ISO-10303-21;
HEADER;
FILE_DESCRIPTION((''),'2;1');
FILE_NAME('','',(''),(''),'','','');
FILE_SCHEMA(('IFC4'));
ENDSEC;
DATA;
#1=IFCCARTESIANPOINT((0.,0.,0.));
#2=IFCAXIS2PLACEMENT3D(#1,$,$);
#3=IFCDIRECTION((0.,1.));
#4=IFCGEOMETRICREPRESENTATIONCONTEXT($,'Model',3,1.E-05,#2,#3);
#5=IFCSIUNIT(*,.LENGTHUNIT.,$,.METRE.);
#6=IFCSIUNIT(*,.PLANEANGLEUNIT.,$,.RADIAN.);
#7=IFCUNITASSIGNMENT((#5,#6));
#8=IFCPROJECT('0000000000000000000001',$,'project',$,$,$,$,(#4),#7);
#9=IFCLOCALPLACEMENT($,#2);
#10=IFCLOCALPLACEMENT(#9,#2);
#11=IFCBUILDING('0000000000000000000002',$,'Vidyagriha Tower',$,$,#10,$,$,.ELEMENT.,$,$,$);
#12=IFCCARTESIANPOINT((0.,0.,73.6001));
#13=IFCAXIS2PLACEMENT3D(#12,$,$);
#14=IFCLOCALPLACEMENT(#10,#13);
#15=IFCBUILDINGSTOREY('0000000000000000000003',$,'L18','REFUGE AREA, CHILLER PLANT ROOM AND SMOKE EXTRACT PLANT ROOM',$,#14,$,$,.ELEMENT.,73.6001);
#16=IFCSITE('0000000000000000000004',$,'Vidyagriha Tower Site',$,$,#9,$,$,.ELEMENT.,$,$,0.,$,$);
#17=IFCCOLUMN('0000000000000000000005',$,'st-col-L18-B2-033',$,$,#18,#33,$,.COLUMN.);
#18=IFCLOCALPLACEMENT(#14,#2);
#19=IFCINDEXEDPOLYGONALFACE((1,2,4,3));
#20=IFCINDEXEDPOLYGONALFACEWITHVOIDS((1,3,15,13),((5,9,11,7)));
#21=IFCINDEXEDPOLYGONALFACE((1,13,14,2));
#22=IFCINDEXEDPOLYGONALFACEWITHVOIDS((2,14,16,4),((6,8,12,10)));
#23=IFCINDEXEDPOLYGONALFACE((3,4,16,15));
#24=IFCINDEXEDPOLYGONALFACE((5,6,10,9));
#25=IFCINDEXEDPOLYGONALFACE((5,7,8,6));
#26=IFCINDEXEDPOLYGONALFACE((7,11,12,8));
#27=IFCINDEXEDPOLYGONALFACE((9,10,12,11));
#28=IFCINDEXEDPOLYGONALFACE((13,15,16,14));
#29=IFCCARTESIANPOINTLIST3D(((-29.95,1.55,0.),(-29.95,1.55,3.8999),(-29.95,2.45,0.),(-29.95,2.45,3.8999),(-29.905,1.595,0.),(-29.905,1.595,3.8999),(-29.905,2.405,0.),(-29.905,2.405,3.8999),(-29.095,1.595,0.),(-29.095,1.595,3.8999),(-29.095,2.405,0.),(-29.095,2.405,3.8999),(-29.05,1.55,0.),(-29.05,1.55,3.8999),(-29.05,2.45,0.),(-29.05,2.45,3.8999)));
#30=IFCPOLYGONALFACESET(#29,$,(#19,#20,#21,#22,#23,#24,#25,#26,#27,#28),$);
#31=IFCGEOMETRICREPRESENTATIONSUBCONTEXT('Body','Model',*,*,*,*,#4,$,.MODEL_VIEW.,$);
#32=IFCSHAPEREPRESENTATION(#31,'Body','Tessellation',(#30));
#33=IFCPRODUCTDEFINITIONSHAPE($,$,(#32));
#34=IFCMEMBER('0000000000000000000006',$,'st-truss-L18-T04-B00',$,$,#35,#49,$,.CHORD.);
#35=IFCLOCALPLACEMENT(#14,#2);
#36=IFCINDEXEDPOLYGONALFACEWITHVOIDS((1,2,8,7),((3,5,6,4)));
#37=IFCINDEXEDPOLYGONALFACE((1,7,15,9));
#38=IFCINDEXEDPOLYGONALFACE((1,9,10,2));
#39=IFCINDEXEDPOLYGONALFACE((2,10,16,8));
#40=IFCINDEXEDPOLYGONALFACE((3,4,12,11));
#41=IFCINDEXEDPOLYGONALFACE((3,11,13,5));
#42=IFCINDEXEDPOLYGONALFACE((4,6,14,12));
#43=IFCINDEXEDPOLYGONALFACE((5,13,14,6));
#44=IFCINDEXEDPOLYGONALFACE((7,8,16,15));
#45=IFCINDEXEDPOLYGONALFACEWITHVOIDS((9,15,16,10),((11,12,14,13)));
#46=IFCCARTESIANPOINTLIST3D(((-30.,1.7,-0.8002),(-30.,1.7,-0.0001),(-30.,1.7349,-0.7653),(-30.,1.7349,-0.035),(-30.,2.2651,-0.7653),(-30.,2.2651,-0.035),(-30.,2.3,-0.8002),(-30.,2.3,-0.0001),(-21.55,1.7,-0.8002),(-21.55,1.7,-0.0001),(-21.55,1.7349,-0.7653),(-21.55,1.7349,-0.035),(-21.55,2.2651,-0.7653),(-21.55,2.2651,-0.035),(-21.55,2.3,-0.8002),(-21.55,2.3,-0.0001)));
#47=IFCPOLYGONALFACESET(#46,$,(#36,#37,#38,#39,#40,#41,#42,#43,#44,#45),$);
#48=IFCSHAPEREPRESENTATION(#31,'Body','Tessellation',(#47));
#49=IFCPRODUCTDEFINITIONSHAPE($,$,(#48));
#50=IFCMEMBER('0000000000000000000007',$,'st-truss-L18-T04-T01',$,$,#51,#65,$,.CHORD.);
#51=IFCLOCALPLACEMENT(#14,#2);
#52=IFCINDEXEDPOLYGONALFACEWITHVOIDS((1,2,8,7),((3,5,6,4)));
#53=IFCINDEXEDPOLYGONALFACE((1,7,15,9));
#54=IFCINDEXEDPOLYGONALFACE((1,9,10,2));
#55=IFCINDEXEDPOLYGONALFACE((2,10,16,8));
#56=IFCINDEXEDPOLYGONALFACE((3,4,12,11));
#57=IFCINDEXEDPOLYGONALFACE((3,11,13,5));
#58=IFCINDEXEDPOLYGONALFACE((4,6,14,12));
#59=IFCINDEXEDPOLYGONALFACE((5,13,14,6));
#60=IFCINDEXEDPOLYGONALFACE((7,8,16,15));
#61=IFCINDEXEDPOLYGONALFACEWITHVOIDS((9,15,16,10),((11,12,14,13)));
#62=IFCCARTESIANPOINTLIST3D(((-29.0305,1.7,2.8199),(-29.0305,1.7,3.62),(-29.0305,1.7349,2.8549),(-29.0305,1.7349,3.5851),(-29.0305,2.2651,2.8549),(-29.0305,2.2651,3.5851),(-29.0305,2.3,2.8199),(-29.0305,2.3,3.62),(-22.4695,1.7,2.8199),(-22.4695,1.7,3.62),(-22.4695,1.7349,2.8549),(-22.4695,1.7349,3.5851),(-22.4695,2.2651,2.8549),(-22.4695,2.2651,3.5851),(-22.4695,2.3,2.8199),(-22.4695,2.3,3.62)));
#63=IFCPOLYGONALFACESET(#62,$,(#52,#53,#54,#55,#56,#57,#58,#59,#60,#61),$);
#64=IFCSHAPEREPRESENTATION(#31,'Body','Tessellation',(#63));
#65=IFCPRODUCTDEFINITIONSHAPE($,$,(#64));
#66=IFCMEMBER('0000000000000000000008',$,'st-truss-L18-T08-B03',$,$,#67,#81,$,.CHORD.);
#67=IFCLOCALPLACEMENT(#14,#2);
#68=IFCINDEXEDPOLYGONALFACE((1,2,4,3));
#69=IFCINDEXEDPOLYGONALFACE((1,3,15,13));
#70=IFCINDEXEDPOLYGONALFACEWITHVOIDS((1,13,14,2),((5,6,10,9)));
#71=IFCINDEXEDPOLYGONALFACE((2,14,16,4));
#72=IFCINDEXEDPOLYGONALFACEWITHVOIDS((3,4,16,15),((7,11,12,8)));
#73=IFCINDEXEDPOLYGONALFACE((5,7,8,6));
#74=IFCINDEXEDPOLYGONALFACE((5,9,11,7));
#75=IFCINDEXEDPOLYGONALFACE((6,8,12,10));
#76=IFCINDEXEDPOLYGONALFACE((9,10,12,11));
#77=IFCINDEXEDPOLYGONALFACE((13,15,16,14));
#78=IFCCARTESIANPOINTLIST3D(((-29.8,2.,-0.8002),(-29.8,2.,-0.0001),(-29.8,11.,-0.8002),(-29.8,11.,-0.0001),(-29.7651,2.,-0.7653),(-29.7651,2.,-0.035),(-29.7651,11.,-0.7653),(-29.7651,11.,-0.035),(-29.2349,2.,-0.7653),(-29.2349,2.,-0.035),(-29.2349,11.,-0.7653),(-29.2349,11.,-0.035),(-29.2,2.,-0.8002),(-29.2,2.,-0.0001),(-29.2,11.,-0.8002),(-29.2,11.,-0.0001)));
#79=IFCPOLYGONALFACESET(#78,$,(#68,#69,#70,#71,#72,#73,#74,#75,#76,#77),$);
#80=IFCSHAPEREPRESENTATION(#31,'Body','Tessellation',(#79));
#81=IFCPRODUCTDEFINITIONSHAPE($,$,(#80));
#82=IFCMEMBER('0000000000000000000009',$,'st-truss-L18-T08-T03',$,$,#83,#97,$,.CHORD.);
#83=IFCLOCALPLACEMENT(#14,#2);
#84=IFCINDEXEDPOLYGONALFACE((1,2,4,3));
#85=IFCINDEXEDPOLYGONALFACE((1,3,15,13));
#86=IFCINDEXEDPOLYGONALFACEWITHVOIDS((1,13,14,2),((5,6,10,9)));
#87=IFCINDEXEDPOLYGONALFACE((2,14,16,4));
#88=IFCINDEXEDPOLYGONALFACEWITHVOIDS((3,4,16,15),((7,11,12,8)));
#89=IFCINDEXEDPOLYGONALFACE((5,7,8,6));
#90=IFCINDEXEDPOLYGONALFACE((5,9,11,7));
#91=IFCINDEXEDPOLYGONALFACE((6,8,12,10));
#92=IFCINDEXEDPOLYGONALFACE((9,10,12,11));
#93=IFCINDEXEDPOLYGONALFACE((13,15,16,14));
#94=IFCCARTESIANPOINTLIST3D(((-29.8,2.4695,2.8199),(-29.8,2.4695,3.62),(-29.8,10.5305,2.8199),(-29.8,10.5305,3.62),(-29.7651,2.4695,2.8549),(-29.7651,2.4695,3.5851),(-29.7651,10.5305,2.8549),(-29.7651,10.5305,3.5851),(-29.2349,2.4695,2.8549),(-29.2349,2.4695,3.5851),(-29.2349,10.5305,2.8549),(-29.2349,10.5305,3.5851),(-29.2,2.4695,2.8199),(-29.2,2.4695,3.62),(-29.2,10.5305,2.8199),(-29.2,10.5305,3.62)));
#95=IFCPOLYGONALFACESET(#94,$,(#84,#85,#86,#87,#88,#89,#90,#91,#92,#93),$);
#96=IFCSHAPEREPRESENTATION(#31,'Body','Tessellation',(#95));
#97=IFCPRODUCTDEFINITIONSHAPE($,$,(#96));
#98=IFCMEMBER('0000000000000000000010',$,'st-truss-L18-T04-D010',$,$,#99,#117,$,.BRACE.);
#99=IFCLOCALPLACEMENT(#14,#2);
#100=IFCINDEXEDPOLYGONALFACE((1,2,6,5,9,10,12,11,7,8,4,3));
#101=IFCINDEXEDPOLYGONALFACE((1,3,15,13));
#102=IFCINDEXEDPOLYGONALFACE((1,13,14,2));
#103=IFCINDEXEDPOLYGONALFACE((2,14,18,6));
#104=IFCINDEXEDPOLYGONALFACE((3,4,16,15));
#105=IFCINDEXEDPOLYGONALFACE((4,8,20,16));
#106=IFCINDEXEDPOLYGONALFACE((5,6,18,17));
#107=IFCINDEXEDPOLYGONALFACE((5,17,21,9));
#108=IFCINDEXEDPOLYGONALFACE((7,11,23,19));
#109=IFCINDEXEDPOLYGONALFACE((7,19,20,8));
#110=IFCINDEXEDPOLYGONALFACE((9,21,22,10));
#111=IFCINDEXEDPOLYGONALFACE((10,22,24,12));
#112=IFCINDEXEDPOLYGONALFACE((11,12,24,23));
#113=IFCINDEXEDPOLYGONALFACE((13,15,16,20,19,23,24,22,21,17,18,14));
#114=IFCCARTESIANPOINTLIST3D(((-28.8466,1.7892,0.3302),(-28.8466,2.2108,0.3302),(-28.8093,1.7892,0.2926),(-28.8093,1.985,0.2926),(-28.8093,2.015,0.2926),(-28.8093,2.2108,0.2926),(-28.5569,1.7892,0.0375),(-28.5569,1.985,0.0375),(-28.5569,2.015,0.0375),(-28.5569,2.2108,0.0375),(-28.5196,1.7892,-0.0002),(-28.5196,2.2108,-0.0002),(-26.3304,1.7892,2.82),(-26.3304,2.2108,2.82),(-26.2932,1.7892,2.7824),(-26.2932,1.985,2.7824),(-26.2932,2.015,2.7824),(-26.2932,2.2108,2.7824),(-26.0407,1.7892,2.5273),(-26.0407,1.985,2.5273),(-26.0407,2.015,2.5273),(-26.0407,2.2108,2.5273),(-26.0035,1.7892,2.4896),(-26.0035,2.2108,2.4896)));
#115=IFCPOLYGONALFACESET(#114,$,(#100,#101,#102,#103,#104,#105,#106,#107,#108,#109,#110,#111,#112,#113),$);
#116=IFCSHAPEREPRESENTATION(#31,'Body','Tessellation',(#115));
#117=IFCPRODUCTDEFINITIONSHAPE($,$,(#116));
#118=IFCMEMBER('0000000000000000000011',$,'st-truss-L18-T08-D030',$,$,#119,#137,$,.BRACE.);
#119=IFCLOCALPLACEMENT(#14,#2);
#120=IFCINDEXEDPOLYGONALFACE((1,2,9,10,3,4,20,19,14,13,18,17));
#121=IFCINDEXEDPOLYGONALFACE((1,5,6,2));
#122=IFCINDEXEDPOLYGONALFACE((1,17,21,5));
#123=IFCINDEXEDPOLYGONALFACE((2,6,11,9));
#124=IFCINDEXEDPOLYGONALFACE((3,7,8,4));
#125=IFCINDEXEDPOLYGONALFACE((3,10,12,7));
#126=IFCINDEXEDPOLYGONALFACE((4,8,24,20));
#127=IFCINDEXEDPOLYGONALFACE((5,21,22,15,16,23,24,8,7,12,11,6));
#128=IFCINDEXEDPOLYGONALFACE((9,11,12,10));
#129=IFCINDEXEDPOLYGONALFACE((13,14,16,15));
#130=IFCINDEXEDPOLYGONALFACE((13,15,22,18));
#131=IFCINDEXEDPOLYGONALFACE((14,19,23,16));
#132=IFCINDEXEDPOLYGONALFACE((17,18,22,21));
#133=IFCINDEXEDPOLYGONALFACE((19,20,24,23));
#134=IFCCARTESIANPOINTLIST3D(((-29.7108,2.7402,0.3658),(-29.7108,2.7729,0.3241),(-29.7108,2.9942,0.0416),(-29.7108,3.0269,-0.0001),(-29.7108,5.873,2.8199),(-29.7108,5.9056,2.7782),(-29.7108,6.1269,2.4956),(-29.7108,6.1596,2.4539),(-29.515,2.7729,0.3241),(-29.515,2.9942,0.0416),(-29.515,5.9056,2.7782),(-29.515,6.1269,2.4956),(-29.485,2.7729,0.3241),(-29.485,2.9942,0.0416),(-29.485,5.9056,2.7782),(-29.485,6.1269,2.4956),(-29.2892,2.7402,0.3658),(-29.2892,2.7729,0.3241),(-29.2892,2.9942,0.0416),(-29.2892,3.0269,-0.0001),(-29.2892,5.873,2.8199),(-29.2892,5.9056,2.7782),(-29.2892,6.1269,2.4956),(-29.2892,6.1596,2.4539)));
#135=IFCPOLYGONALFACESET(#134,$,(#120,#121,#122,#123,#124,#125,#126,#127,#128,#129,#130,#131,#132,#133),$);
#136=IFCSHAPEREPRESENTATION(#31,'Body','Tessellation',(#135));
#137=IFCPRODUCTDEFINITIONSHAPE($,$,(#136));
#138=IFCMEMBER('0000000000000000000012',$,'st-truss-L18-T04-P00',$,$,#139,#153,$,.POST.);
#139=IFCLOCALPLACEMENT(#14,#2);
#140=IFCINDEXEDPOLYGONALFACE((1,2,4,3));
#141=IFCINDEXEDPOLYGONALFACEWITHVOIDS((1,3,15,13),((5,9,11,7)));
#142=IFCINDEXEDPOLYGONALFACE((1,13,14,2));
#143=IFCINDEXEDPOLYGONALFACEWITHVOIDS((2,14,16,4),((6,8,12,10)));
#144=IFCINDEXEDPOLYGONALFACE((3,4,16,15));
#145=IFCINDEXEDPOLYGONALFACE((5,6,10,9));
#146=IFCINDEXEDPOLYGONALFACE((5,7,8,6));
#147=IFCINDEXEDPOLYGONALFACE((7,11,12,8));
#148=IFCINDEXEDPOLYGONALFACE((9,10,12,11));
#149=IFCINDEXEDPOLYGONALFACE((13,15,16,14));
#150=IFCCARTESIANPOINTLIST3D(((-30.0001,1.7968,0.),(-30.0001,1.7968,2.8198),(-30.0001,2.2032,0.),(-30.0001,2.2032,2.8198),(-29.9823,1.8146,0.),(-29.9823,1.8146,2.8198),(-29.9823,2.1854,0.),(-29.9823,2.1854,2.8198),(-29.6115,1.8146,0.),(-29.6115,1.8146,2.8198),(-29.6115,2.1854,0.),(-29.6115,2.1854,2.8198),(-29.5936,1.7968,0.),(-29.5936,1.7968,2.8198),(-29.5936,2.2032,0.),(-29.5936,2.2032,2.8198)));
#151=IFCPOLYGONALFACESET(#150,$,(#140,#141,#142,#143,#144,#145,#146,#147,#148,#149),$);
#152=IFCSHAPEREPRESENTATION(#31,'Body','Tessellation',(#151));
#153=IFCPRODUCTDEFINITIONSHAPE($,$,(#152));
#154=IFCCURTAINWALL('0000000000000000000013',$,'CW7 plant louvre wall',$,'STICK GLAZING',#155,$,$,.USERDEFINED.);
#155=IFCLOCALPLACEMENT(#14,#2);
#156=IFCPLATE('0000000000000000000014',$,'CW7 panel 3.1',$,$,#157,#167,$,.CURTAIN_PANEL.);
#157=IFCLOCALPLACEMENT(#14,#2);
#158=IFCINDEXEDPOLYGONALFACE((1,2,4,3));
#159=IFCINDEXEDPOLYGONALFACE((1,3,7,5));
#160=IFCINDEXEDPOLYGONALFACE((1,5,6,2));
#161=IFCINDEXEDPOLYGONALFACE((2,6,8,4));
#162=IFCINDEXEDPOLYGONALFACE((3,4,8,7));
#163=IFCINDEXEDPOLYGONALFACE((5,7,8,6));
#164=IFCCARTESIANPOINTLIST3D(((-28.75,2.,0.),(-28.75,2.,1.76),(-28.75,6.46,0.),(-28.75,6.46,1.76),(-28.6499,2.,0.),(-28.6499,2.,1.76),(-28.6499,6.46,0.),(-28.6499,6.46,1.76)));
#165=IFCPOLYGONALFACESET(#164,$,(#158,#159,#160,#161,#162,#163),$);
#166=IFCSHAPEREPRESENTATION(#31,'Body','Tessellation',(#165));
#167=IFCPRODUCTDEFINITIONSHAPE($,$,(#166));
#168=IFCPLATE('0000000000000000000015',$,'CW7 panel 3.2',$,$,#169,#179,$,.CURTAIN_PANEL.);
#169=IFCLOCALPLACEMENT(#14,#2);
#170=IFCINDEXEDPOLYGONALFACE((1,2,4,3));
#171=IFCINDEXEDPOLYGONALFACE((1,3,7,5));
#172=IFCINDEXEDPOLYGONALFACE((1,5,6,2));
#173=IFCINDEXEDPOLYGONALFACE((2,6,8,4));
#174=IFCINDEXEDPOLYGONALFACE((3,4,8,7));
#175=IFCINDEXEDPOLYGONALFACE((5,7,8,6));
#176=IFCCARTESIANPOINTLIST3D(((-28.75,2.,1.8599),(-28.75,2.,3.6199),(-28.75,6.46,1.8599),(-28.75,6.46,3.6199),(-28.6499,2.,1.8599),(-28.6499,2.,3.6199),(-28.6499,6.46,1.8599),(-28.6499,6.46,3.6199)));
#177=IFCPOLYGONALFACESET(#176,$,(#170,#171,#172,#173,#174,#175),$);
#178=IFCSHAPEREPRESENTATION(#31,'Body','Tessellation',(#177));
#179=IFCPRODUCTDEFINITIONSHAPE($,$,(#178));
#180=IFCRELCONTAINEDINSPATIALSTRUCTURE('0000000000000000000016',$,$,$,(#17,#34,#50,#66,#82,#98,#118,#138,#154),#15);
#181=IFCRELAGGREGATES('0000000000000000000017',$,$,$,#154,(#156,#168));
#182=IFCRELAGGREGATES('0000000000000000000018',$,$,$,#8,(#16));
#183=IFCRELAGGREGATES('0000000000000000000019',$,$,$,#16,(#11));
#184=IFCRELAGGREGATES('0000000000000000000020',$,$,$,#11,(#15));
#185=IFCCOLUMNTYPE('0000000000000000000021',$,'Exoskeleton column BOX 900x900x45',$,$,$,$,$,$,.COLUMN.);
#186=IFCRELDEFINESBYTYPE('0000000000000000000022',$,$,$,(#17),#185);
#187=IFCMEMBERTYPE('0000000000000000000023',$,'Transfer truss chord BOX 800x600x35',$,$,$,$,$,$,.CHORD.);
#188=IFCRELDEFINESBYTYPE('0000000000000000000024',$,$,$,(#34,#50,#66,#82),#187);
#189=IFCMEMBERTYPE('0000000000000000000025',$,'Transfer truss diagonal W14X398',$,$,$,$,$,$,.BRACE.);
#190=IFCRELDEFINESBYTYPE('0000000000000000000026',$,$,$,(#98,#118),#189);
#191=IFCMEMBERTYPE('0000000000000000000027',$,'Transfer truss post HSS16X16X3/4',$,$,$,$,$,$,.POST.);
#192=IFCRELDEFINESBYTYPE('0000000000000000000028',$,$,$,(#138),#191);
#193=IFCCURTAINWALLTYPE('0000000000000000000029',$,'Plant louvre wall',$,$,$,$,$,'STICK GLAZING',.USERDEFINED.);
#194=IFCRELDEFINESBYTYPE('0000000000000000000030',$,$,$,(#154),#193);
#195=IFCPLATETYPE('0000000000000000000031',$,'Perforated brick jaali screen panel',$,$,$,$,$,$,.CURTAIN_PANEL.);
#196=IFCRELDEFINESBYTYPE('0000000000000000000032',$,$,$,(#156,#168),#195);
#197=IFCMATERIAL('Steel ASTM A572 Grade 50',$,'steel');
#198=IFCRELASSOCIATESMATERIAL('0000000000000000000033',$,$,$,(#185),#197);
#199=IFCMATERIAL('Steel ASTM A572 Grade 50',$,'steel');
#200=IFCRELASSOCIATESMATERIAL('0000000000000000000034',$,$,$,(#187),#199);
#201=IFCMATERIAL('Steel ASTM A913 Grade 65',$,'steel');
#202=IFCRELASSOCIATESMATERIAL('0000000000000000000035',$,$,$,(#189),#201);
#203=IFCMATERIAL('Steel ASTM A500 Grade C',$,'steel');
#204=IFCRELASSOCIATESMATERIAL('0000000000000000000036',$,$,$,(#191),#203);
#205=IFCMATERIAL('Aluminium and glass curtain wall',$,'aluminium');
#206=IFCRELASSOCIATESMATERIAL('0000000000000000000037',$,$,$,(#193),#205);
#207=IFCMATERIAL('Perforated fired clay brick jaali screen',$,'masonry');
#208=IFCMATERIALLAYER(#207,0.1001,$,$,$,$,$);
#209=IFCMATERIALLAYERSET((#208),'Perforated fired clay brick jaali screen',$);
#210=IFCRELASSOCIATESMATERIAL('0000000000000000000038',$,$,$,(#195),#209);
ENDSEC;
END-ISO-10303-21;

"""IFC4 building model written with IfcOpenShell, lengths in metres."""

from ifc_helpers import new_model, si_unit, direction, frame, origin, origin_2d, place, context, subcontext, project, spatial, rectangle, hollow_rectangle, i_section, extrude, material, layer, layer_set, material_profile, profile_set, type_object, element, aggregate, save


model = new_model("IFC4")

# Units and contexts
model_context = context("Model", 3, precision=1e-05, world=origin(), true_north=direction((0.0, 1.0)))
body_context = subcontext(model_context, "Body", "Model", "MODEL_VIEW")
ifc_project = project(units=[si_unit("LENGTHUNIT", "METRE"), si_unit("PLANEANGLEUNIT", "RADIAN")], contexts=[model_context])

# Site, building, storey
site_placement = place(None, origin())
site = spatial("IfcSite", under=ifc_project, at=site_placement, Name="Vidyagriha Tower Site", CompositionType="ELEMENT", RefElevation=0.0)
building_placement = place(site_placement, origin())
building = spatial("IfcBuilding", under=site, at=building_placement, Name="Vidyagriha Tower", CompositionType="ELEMENT")
storey_placement = place(building_placement, frame((0.0, 0.0, 73.6001)))
storey = spatial("IfcBuildingStorey", under=building, at=storey_placement, Name="L18", Description="REFUGE AREA, CHILLER PLANT ROOM AND SMOKE EXTRACT PLANT ROOM", CompositionType="ELEMENT", Elevation=73.6001)

# Column
ifc_material_1 = material(Name="Steel ASTM A572 Grade 50", Category="steel")
ifc_material_profile_1 = material_profile(ifc_material_1, hollow_rectangle(XDim=0.8999, YDim=0.8999, WallThickness=0.0449, at=origin_2d()), Name="BOX 900x900x45")
ifc_profile_set_1 = profile_set([ifc_material_profile_1], Name="Steel ASTM A572 Grade 50")
column_type = type_object("IfcColumnType", Name="Exoskeleton column BOX 900x900x45", PredefinedType="COLUMN", material=ifc_profile_set_1)
column_placement = place(storey_placement, frame((-29.5, 2.0, 0.0)))
element("IfcColumn", 1, at=column_placement, inside=storey, type_object=column_type, Name="st-col-L18-B2-033", PredefinedType="COLUMN", context=body_context, shape_type="SweptSolid", body=[
    extrude(hollow_rectangle(XDim=0.8999, YDim=0.8999, WallThickness=0.0449, at=origin_2d()), origin(), (0.0, 0.0, 1.0), 3.8999),
])

# Members
ifc_material_2 = material(Name="Steel ASTM A572 Grade 50", Category="steel")
ifc_material_profile_2 = material_profile(ifc_material_2, hollow_rectangle(XDim=0.6001, YDim=0.8, WallThickness=0.0349, at=origin_2d()), Name="BOX 800x600x35")
ifc_profile_set_2 = profile_set([ifc_material_profile_2], Name="Steel ASTM A572 Grade 50")
member_type_1 = type_object("IfcMemberType", Name="Transfer truss chord BOX 800x600x35", PredefinedType="CHORD", material=ifc_profile_set_2)
member_1_placement = place(storey_placement, frame((-30.0, 2.0, -0.4001), z_axis=(1.0, 0.0, 0.0), x_axis=(0.0, 1.0, 0.0)))
element("IfcMember", 2, at=member_1_placement, inside=storey, type_object=member_type_1, Name="st-truss-L18-T04-B00", PredefinedType="CHORD", context=body_context, shape_type="SweptSolid", body=[
    extrude(hollow_rectangle(XDim=0.6001, YDim=0.8, WallThickness=0.0349, at=origin_2d()), origin(), (0.0, 0.0, 1.0), 8.45),
])
member_2_placement = place(storey_placement, frame((-29.0305, 2.0, 3.22), z_axis=(1.0, 0.0, 0.0), x_axis=(0.0, 1.0, 0.0)))
element("IfcMember", 3, at=member_2_placement, inside=storey, type_object=member_type_1, Name="st-truss-L18-T04-T01", PredefinedType="CHORD", context=body_context, shape_type="SweptSolid", body=[
    extrude(hollow_rectangle(XDim=0.6001, YDim=0.8, WallThickness=0.0349, at=origin_2d()), origin(), (0.0, 0.0, 1.0), 6.561),
])
member_3_placement = place(storey_placement, frame((-29.5, 2.0, -0.4001), z_axis=(0.0, 1.0, 0.0), x_axis=(-1.0, 0.0, 0.0)))
element("IfcMember", 4, at=member_3_placement, inside=storey, type_object=member_type_1, Name="st-truss-L18-T08-B03", PredefinedType="CHORD", context=body_context, shape_type="SweptSolid", body=[
    extrude(hollow_rectangle(XDim=0.6001, YDim=0.8, WallThickness=0.0349, at=origin_2d()), origin(), (0.0, 0.0, 1.0), 9.0),
])
member_4_placement = place(storey_placement, frame((-29.5, 2.4695, 3.22), z_axis=(0.0, 1.0, 0.0), x_axis=(-1.0, 0.0, 0.0)))
element("IfcMember", 5, at=member_4_placement, inside=storey, type_object=member_type_1, Name="st-truss-L18-T08-T03", PredefinedType="CHORD", context=body_context, shape_type="SweptSolid", body=[
    extrude(hollow_rectangle(XDim=0.6001, YDim=0.8, WallThickness=0.0349, at=origin_2d()), origin(), (0.0, 0.0, 1.0), 8.061),
])
ifc_material_3 = material(Name="Steel ASTM A913 Grade 65", Category="steel")
ifc_material_profile_3 = material_profile(ifc_material_3, i_section(OverallWidth=0.4216, OverallDepth=0.4648, WebThickness=0.03, FlangeThickness=0.053, at=origin_2d()), Name="W14X398")
ifc_profile_set_3 = profile_set([ifc_material_profile_3], Name="Steel ASTM A913 Grade 65")
member_type_2 = type_object("IfcMemberType", Name="Transfer truss diagonal W14X398", PredefinedType="BRACE", material=ifc_profile_set_3)
member_5_placement = place(storey_placement, frame((-28.6831, 2.0, 0.165), z_axis=(0.710821, 0.0, 0.703373), x_axis=(0.0, 1.0, 0.0)))
element("IfcMember", 6, at=member_5_placement, inside=storey, type_object=member_type_2, Name="st-truss-L18-T04-D010", PredefinedType="BRACE", context=body_context, shape_type="SweptSolid", body=[
    extrude(i_section(OverallWidth=0.4216, OverallDepth=0.4648, WebThickness=0.03, FlangeThickness=0.053, at=origin_2d()), origin(), (0.0, 0.0, 1.0), 3.5398),
])
member_6_placement = place(storey_placement, frame((-29.5, 2.8835, 0.1829), z_axis=(0.0, 0.78722, 0.616672), x_axis=(-1.0, 0.0, 0.0)))
element("IfcMember", 7, at=member_6_placement, inside=storey, type_object=member_type_2, Name="st-truss-L18-T08-D030", PredefinedType="BRACE", context=body_context, shape_type="SweptSolid", body=[
    extrude(i_section(OverallWidth=0.4216, OverallDepth=0.4648, WebThickness=0.03, FlangeThickness=0.053, at=origin_2d()), origin(), (0.0, 0.0, 1.0), 3.9795),
])
ifc_material_4 = material(Name="Steel ASTM A500 Grade C", Category="steel")
ifc_material_profile_4 = material_profile(ifc_material_4, hollow_rectangle(XDim=0.4065, YDim=0.4065, WallThickness=0.0178, at=origin_2d()), Name="HSS16X16X3/4")
ifc_profile_set_4 = profile_set([ifc_material_profile_4], Name="Steel ASTM A500 Grade C")
member_type_3 = type_object("IfcMemberType", Name="Transfer truss post HSS16X16X3/4", PredefinedType="POST", material=ifc_profile_set_4)
member_7_placement = place(storey_placement, frame((-29.7969, 2.0, 0.0)))
element("IfcMember", 8, at=member_7_placement, inside=storey, type_object=member_type_3, Name="st-truss-L18-T04-P00", PredefinedType="POST", context=body_context, shape_type="SweptSolid", body=[
    extrude(hollow_rectangle(XDim=0.4065, YDim=0.4065, WallThickness=0.0178, at=origin_2d()), origin(), (0.0, 0.0, 1.0), 2.8198),
])

# Curtain wall, plates
ifc_material_5 = material(Name="Aluminium and glass curtain wall", Category="aluminium")
curtain_wall_type = type_object("IfcCurtainWallType", Name="Plant louvre wall", ElementType="STICK GLAZING", PredefinedType="USERDEFINED", material=ifc_material_5)
curtain_wall_placement = place(storey_placement, origin())
curtain_wall = element("IfcCurtainWall", 9, at=curtain_wall_placement, inside=storey, type_object=curtain_wall_type, Name="CW7 plant louvre wall", ObjectType="STICK GLAZING", PredefinedType="USERDEFINED")
ifc_material_6 = material(Name="Perforated fired clay brick jaali screen", Category="masonry")
ifc_layer_1 = layer(ifc_material_6, 0.1001)
ifc_layer_set_1 = layer_set([ifc_layer_1], Name="Perforated fired clay brick jaali screen")
plate_type = type_object("IfcPlateType", Name="Perforated brick jaali screen panel", PredefinedType="CURTAIN_PANEL", material=ifc_layer_set_1)
plate_1_placement = place(storey_placement, frame((-28.7, 4.23, 0.0), z_axis=(0.0, 0.0, 1.0), x_axis=(0.0, -1.0, 0.0)))
plate_1 = element("IfcPlate", 10, at=plate_1_placement, type_object=plate_type, Name="CW7 panel 3.1", PredefinedType="CURTAIN_PANEL", context=body_context, shape_type="SweptSolid", body=[
    extrude(rectangle(XDim=4.46, YDim=0.1001, at=origin_2d()), origin(), (0.0, 0.0, 1.0), 1.76),
])
plate_2_placement = place(storey_placement, frame((-28.7, 4.23, 1.8599), z_axis=(0.0, 0.0, 1.0), x_axis=(0.0, -1.0, 0.0)))
plate_2 = element("IfcPlate", 11, at=plate_2_placement, type_object=plate_type, Name="CW7 panel 3.2", PredefinedType="CURTAIN_PANEL", context=body_context, shape_type="SweptSolid", body=[
    extrude(rectangle(XDim=4.46, YDim=0.1001, at=origin_2d()), origin(), (0.0, 0.0, 1.0), 1.76),
])
aggregate(curtain_wall, [plate_1, plate_2])

save(model, "model.ifc")
